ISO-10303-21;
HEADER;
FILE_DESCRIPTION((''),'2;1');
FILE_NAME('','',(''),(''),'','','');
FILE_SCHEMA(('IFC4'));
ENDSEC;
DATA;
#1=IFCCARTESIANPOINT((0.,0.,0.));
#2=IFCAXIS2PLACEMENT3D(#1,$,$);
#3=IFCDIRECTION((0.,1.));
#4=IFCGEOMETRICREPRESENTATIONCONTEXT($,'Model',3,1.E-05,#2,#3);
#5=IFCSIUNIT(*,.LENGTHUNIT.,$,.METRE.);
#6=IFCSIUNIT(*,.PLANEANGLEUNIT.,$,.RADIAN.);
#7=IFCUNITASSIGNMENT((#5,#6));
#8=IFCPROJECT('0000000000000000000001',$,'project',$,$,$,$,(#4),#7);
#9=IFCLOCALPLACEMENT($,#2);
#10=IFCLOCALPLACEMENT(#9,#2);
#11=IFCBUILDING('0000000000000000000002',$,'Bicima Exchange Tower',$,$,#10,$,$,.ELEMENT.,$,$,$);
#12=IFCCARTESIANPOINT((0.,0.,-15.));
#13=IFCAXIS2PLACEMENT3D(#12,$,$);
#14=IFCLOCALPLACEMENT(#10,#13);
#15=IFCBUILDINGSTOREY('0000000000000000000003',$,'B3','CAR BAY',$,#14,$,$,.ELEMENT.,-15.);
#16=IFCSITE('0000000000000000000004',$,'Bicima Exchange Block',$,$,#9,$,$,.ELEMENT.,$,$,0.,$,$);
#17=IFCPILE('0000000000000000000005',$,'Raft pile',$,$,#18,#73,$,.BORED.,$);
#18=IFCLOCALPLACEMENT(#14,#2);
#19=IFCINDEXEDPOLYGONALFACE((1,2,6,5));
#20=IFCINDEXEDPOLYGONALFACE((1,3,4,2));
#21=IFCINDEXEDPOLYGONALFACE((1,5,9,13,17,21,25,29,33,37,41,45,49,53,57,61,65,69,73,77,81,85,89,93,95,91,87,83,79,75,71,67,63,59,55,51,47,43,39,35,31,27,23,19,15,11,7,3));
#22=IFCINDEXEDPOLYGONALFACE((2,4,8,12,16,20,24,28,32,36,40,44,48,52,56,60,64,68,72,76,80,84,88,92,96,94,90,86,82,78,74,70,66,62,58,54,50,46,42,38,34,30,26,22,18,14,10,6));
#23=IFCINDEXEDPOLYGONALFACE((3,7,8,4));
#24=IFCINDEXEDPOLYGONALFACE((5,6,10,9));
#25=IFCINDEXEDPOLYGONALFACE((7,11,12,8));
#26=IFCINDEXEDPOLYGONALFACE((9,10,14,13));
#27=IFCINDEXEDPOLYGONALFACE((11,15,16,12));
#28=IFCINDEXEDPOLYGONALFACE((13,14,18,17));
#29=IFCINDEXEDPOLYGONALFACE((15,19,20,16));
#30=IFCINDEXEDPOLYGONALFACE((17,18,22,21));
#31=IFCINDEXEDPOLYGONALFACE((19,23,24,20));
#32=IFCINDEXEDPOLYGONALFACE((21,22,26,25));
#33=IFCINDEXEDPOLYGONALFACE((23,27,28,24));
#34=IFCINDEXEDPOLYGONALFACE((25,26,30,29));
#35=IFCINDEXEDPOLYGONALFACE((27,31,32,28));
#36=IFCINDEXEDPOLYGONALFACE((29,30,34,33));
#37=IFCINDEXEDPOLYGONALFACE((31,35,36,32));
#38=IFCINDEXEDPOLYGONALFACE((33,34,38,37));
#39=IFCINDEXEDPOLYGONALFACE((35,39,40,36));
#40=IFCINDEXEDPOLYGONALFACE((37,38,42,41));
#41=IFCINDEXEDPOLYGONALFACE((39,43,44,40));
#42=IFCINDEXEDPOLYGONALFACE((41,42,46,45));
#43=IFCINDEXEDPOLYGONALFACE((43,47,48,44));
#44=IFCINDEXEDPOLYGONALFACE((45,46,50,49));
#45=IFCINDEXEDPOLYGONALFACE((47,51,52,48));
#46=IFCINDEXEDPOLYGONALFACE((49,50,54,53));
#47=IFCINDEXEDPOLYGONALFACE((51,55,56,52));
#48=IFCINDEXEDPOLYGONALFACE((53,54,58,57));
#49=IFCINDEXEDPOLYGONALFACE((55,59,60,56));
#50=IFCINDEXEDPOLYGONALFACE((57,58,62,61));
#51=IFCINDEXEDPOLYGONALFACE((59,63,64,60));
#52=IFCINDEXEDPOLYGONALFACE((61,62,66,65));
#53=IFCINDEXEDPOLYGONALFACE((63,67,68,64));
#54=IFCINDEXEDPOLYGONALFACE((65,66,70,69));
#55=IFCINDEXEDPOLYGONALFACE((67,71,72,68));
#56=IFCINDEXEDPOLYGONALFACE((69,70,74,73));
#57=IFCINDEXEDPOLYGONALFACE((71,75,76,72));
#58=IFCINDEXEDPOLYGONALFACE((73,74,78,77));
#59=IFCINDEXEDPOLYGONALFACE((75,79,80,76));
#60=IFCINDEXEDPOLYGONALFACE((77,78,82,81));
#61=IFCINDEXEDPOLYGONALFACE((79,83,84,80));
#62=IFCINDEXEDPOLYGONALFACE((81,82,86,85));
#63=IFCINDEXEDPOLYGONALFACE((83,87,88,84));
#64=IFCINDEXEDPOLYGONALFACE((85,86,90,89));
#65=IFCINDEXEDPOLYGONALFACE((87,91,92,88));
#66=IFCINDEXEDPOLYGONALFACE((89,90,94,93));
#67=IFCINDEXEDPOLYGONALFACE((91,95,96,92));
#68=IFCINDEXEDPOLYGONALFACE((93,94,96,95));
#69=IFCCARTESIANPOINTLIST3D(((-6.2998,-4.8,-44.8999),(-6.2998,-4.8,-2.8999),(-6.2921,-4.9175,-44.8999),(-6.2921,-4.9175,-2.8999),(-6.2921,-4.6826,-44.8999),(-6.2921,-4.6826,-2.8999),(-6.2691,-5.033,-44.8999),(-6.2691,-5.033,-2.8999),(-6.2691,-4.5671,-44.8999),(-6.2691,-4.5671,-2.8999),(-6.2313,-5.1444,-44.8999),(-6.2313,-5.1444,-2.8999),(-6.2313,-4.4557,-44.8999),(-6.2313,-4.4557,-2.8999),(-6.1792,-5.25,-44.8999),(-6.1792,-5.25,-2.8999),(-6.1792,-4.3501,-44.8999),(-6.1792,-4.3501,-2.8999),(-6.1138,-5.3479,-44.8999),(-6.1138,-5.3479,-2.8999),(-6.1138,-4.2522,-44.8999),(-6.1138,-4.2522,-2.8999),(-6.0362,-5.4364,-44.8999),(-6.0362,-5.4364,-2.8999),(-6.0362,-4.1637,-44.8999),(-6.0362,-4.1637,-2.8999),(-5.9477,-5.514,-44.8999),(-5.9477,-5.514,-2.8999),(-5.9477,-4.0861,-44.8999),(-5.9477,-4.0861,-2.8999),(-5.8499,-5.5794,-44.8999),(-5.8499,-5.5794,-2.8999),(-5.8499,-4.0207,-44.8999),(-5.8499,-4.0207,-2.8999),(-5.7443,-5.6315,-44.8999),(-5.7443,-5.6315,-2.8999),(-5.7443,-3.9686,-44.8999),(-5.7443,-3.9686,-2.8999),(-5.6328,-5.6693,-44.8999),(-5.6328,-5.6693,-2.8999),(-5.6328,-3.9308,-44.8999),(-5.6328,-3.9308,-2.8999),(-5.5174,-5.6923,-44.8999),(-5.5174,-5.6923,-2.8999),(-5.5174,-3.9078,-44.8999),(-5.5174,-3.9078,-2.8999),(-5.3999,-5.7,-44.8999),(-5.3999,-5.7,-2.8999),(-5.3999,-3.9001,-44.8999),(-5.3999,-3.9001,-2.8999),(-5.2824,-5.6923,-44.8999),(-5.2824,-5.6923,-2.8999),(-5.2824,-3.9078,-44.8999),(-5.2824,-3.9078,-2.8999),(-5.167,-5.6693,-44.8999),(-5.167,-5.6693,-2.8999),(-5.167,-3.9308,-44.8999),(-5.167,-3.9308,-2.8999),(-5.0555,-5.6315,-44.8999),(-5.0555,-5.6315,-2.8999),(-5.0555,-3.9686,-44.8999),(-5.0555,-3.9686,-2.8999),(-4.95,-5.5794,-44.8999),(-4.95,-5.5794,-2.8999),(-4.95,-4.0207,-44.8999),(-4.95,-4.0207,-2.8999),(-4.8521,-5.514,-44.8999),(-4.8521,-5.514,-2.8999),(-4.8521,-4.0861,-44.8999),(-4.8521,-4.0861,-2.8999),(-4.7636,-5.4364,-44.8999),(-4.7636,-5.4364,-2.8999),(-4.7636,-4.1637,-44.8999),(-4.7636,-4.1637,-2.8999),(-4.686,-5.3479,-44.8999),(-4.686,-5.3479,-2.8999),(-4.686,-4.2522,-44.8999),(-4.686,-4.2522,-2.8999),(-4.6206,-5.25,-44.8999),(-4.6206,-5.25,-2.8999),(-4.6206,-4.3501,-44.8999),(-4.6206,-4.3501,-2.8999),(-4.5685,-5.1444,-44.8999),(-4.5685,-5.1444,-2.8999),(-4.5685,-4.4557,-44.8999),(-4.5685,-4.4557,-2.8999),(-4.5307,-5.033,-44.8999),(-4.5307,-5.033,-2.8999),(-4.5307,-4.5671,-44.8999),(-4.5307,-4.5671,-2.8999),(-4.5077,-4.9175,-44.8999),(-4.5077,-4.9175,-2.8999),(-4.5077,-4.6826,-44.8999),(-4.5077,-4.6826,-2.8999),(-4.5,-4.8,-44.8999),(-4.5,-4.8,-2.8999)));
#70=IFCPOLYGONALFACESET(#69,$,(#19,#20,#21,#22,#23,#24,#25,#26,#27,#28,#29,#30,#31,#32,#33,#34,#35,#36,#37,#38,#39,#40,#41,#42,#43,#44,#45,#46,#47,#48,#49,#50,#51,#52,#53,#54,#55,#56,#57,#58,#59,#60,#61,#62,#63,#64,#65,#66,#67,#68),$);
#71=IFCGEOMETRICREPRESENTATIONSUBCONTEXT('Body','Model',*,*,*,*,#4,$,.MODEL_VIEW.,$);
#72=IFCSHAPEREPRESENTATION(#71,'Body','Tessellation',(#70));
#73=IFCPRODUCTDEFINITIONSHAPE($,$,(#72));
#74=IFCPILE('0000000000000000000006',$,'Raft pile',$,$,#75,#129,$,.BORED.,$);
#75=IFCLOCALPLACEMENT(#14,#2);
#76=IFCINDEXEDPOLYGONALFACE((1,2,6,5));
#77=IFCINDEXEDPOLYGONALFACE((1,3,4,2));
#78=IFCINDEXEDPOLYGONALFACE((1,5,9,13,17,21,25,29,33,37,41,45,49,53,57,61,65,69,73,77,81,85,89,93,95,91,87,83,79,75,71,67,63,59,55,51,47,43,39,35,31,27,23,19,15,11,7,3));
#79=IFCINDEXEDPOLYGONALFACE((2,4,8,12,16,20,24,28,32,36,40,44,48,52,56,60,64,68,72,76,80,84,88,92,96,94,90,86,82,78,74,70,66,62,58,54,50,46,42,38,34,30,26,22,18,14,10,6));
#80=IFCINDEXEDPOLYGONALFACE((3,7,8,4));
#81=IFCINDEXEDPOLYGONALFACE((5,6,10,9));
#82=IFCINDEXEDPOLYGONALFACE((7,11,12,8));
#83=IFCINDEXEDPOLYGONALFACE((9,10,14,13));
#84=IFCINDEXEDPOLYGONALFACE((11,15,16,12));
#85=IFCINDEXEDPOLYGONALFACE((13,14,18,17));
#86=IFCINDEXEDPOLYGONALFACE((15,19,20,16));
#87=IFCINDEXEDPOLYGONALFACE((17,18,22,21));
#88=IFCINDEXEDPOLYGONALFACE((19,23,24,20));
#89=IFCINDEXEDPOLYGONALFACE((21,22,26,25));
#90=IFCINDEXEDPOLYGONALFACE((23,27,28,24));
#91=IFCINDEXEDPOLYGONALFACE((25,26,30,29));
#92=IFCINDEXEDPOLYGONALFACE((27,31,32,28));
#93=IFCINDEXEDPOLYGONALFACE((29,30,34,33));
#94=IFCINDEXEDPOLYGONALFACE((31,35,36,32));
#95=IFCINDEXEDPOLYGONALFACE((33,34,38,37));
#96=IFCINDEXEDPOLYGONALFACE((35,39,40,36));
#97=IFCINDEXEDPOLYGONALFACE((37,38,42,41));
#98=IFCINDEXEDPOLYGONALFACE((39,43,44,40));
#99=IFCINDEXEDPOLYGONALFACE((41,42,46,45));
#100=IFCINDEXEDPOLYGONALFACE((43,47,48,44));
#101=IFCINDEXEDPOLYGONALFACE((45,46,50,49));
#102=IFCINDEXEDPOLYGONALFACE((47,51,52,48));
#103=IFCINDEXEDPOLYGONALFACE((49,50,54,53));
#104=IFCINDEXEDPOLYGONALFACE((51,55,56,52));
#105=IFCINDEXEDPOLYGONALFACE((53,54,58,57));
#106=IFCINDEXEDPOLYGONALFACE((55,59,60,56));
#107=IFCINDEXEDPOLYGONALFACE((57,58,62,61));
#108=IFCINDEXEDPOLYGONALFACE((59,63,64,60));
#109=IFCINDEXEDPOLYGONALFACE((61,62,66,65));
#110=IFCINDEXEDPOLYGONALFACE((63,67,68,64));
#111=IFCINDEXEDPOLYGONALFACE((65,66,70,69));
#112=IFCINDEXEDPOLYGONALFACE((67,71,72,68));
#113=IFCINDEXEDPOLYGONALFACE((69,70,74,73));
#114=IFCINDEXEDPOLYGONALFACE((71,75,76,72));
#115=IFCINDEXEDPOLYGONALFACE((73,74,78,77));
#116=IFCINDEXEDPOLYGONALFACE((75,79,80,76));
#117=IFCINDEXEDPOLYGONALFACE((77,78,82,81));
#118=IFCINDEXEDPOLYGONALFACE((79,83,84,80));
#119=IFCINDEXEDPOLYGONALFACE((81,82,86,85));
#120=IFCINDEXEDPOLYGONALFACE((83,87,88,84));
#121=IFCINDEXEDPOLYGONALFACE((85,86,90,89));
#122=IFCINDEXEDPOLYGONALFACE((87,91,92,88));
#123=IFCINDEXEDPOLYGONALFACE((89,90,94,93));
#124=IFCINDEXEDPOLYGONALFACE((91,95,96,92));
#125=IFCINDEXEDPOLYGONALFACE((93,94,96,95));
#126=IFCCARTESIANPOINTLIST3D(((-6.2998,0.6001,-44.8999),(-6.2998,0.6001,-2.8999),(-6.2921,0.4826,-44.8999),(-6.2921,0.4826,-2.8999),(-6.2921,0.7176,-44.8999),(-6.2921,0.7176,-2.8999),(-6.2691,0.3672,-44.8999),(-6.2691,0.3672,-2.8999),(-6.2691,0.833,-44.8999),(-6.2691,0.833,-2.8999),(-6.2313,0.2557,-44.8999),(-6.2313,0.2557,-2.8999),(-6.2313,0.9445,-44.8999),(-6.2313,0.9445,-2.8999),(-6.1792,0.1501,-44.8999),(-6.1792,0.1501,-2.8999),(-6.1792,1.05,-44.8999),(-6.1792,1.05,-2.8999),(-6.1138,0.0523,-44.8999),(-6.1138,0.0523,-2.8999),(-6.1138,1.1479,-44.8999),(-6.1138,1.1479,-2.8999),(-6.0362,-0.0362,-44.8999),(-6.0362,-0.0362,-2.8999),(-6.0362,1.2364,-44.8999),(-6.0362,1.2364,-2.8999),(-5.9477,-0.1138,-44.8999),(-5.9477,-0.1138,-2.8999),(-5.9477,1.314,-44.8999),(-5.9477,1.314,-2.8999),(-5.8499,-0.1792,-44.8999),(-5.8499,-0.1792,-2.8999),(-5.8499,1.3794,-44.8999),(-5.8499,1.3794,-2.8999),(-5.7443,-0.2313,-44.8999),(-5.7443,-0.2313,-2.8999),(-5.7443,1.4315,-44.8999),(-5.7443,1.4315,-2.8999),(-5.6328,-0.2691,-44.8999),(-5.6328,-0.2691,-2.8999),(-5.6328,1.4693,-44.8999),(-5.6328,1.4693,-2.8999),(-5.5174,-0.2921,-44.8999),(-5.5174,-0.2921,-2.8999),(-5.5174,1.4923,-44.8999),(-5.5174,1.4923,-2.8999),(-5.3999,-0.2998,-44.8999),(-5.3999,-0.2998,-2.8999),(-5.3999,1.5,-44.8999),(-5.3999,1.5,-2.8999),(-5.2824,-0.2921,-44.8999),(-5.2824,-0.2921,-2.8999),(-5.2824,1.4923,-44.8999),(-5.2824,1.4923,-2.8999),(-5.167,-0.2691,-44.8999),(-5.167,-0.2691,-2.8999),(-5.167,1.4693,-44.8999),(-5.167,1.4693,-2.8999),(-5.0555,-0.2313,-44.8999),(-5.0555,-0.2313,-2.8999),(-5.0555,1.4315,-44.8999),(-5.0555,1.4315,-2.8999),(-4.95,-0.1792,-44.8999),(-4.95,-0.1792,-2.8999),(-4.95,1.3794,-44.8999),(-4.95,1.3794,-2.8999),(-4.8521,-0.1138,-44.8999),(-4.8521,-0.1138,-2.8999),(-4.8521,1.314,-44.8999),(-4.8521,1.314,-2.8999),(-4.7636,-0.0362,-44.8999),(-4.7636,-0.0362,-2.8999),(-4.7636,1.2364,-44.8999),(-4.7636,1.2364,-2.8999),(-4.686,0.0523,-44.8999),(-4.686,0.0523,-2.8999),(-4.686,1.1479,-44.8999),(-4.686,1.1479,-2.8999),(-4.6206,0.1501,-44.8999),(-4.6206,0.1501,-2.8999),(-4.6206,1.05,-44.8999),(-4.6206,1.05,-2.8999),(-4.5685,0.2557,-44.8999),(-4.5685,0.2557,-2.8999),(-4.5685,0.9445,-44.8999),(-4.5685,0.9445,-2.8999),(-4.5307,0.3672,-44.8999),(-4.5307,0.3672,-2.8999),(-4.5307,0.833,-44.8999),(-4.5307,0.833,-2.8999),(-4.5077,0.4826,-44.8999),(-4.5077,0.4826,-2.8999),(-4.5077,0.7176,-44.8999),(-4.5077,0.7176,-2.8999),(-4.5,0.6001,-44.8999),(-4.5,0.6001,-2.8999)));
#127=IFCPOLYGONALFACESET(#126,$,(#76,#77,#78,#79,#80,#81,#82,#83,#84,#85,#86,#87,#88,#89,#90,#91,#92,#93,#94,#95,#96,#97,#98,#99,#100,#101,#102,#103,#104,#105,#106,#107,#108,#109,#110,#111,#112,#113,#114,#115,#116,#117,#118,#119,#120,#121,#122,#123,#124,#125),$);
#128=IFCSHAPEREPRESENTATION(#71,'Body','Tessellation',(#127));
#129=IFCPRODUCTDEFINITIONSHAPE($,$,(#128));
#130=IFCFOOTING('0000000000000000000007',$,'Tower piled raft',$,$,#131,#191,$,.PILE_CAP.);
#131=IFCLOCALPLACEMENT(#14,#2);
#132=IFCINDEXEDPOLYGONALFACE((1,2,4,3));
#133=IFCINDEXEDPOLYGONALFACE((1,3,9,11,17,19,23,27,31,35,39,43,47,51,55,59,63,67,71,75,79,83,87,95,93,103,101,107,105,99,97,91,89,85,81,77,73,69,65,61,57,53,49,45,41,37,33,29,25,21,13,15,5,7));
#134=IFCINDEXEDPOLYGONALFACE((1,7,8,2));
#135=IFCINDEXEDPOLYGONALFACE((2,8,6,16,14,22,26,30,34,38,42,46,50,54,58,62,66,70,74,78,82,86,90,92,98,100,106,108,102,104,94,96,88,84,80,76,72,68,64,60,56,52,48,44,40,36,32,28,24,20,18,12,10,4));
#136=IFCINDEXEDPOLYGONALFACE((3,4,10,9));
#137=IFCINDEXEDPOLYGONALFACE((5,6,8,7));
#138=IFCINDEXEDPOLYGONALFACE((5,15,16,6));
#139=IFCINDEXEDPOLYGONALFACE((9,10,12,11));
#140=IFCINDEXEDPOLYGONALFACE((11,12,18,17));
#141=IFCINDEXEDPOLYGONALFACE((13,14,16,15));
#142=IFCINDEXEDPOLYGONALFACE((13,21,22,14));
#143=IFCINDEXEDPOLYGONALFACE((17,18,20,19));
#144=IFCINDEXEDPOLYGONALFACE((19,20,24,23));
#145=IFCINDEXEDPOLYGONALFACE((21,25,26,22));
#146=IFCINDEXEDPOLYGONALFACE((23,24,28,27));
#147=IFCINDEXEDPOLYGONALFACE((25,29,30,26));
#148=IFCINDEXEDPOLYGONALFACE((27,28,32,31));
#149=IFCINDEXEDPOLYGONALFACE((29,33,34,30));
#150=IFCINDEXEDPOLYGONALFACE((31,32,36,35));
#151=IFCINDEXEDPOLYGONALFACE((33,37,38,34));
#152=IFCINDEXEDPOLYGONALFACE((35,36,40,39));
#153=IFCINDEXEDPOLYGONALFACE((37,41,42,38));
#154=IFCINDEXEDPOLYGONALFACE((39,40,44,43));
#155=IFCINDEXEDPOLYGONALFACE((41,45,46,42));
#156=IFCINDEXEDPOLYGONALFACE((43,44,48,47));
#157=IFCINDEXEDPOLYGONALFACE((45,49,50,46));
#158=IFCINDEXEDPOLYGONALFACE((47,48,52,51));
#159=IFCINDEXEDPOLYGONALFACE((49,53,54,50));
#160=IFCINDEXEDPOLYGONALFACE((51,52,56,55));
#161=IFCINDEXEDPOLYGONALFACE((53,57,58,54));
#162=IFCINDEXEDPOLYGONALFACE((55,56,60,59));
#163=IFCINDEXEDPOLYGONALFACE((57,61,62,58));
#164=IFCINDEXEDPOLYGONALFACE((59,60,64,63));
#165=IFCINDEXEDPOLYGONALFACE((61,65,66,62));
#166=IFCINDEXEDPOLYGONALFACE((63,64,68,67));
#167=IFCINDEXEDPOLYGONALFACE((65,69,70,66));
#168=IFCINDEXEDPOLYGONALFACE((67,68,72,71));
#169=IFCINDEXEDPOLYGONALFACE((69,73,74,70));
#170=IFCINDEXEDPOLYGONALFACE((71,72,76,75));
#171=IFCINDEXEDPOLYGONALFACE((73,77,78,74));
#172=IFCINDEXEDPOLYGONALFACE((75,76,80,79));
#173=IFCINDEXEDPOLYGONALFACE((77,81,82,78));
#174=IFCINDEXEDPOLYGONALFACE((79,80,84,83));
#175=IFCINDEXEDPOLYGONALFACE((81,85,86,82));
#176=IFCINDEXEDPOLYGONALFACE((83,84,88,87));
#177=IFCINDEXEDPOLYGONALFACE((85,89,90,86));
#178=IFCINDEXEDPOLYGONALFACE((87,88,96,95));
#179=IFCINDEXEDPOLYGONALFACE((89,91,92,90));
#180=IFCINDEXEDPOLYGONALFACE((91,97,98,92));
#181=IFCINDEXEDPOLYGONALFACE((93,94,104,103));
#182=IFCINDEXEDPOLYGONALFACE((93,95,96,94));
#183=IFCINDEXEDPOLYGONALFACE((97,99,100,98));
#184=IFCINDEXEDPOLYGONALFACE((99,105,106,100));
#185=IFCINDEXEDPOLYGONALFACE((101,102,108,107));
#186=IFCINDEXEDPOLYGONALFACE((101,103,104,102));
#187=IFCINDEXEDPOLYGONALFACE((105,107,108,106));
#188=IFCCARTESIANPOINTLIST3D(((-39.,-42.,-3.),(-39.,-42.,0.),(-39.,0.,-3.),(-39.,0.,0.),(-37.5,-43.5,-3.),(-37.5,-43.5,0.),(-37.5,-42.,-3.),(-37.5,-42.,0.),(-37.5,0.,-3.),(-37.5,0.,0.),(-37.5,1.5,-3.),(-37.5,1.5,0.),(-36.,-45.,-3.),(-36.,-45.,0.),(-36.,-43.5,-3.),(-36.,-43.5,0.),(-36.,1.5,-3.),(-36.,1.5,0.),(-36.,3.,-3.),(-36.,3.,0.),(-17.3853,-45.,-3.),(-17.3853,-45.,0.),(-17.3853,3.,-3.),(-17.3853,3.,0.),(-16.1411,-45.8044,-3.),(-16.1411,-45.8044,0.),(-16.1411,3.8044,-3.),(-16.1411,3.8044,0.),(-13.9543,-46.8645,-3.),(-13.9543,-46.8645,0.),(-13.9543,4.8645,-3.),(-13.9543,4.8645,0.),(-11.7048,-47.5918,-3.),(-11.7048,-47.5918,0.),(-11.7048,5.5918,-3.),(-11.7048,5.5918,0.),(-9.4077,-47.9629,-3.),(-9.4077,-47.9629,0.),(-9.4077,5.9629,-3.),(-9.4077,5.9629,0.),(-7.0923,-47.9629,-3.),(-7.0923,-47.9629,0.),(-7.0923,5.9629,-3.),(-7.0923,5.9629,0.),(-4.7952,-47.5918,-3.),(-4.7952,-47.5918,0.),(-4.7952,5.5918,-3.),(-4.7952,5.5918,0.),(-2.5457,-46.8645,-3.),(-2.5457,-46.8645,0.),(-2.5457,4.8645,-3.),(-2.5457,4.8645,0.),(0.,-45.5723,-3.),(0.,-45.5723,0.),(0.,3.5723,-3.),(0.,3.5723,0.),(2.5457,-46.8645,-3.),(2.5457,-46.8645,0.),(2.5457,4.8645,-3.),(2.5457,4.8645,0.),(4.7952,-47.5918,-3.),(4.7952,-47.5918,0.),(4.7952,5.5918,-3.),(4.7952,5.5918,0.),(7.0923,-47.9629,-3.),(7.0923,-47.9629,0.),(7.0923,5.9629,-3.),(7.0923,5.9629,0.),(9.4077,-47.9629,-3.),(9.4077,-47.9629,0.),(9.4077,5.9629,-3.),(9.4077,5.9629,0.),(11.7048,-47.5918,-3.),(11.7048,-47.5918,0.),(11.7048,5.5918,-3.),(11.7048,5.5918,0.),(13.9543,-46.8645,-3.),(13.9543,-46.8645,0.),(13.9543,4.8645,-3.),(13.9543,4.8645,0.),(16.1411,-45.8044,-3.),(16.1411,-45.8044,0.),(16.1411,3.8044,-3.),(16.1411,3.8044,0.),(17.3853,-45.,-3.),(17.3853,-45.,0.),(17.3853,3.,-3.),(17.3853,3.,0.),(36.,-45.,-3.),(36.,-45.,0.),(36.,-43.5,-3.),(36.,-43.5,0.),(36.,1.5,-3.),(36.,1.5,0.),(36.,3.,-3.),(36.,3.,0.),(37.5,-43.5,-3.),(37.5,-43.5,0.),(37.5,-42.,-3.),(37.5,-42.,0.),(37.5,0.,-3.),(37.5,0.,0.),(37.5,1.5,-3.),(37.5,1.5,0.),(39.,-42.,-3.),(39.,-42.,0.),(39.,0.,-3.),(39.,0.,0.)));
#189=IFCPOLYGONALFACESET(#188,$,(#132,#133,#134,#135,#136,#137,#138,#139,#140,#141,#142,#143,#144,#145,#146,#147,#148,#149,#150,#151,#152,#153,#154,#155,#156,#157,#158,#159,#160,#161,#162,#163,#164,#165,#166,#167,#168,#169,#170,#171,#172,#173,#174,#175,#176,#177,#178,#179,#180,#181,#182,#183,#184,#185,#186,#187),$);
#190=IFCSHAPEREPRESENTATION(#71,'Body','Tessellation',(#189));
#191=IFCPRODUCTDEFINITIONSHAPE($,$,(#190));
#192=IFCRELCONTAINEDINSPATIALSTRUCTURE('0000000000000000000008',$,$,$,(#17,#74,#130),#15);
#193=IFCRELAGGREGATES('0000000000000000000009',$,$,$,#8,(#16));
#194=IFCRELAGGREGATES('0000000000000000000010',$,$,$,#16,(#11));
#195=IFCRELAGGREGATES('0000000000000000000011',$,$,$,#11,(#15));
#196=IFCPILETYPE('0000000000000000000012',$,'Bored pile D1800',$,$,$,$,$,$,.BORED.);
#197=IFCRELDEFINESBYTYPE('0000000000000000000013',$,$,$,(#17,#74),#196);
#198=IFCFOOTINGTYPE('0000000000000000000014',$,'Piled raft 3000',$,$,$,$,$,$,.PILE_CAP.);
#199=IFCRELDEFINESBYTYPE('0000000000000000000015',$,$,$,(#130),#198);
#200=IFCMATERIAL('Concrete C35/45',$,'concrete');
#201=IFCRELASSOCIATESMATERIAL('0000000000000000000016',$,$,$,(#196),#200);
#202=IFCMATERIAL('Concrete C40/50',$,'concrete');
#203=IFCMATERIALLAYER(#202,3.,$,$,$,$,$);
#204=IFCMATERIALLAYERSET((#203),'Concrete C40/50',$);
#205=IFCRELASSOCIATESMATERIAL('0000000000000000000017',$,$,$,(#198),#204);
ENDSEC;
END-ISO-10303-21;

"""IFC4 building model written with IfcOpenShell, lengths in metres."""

from ifc_helpers import new_model, si_unit, direction, frame, origin, origin_2d, place, context, subcontext, project, spatial, polyline, circle, outline, extrude, material, layer, layer_set, material_profile, profile_set, type_object, element, save


model = new_model("IFC4")

# Units and contexts
model_context = context("Model", 3, precision=1e-05, world=origin(), true_north=direction((0.0, 1.0)))
body_context = subcontext(model_context, "Body", "Model", "MODEL_VIEW")
ifc_project = project(units=[si_unit("LENGTHUNIT", "METRE"), si_unit("PLANEANGLEUNIT", "RADIAN")], contexts=[model_context])

# Site, building, storey
site_placement = place(None, origin())
site = spatial("IfcSite", under=ifc_project, at=site_placement, Name="Bicima Exchange Block", CompositionType="ELEMENT", RefElevation=0.0)
building_placement = place(site_placement, origin())
building = spatial("IfcBuilding", under=site, at=building_placement, Name="Bicima Exchange Tower", CompositionType="ELEMENT")
storey_placement = place(building_placement, frame((0.0, 0.0, -15.0)))
storey = spatial("IfcBuildingStorey", under=building, at=storey_placement, Name="B3", Description="CAR BAY", CompositionType="ELEMENT", Elevation=-15.0)

# Piles
ifc_material_1 = material(Name="Concrete C35/45", Category="concrete")
ifc_material_profile_1 = material_profile(ifc_material_1, circle(Radius=0.8999, at=origin_2d()))
ifc_profile_set_1 = profile_set([ifc_material_profile_1], Name="Concrete C35/45")
pile_type = type_object("IfcPileType", Name="Bored pile D1800", PredefinedType="BORED", material=ifc_profile_set_1)
for number, where, z_axis, x_axis, name in (
    (1, (-5.3999, -4.8, -2.8999), (0.0, 0.0, -1.0), (1.0, 0.0, 0.0), "Raft pile"),
    (2, (-5.3999, 0.6001, -2.8999), (0.0, 0.0, -1.0), (1.0, 0.0, 0.0), "Raft pile"),
):
    element("IfcPile", number, at=place(storey_placement, frame(where, z_axis=z_axis, x_axis=x_axis)), inside=storey, type_object=pile_type, Name=name, PredefinedType="BORED", context=body_context, shape_type="SweptSolid", body=[
        extrude(circle(Radius=0.8999, at=origin_2d()), origin(), (0.0, 0.0, 1.0), 42.0),
    ])

# Footing
ifc_material_2 = material(Name="Concrete C40/50", Category="concrete")
ifc_layer_1 = layer(ifc_material_2, 3.0)
ifc_layer_set_1 = layer_set([ifc_layer_1], Name="Concrete C40/50")
footing_type_1 = type_object("IfcFootingType", Name="Piled raft 3000", PredefinedType="PILE_CAP", material=ifc_layer_set_1)
footing_placement = place(storey_placement, frame((0.0, 0.0, -3.0)))
element("IfcFooting", 3, at=footing_placement, inside=storey, type_object=footing_type_1, Name="Tower piled raft", PredefinedType="PILE_CAP", context=body_context, shape_type="SweptSolid", body=[
    extrude(outline(polyline([(-37.5, -42.0), (-39.0, -42.0), (-39.0, 0.0), (-37.5, 0.0), (-37.5, 1.5), (-36.0, 1.5), (-36.0, 3.0), (-17.3853, 3.0), (-16.1411, 3.8044), (-13.9543, 4.8645), (-11.7048, 5.5918), (-9.4077, 5.9629), (-7.0923, 5.9629), (-4.7952, 5.5918), (-2.5457, 4.8645), (0.0, 3.5723), (2.5457, 4.8645), (4.7952, 5.5918), (7.0923, 5.9629), (9.4077, 5.9629), (11.7048, 5.5918), (13.9543, 4.8645), (16.1411, 3.8044), (17.3853, 3.0), (36.0, 3.0), (36.0, 1.5), (37.5, 1.5), (37.5, 0.0), (39.0, 0.0), (39.0, -42.0), (37.5, -42.0), (37.5, -43.5), (36.0, -43.5), (36.0, -45.0), (17.3853, -45.0), (16.1411, -45.8044), (13.9543, -46.8645), (11.7048, -47.5918), (9.4077, -47.9629), (7.0923, -47.9629), (4.7952, -47.5918), (2.5457, -46.8645), (0.0, -45.5723), (-2.5457, -46.8645), (-4.7952, -47.5918), (-7.0923, -47.9629), (-9.4077, -47.9629), (-11.7048, -47.5918), (-13.9543, -46.8645), (-16.1411, -45.8044), (-17.3853, -45.0), (-36.0, -45.0), (-36.0, -43.5), (-37.5, -43.5), (-37.5, -42.0)])), origin(), (0.0, 0.0, 1.0), 3.0),
])

save(model, "model.ifc")
